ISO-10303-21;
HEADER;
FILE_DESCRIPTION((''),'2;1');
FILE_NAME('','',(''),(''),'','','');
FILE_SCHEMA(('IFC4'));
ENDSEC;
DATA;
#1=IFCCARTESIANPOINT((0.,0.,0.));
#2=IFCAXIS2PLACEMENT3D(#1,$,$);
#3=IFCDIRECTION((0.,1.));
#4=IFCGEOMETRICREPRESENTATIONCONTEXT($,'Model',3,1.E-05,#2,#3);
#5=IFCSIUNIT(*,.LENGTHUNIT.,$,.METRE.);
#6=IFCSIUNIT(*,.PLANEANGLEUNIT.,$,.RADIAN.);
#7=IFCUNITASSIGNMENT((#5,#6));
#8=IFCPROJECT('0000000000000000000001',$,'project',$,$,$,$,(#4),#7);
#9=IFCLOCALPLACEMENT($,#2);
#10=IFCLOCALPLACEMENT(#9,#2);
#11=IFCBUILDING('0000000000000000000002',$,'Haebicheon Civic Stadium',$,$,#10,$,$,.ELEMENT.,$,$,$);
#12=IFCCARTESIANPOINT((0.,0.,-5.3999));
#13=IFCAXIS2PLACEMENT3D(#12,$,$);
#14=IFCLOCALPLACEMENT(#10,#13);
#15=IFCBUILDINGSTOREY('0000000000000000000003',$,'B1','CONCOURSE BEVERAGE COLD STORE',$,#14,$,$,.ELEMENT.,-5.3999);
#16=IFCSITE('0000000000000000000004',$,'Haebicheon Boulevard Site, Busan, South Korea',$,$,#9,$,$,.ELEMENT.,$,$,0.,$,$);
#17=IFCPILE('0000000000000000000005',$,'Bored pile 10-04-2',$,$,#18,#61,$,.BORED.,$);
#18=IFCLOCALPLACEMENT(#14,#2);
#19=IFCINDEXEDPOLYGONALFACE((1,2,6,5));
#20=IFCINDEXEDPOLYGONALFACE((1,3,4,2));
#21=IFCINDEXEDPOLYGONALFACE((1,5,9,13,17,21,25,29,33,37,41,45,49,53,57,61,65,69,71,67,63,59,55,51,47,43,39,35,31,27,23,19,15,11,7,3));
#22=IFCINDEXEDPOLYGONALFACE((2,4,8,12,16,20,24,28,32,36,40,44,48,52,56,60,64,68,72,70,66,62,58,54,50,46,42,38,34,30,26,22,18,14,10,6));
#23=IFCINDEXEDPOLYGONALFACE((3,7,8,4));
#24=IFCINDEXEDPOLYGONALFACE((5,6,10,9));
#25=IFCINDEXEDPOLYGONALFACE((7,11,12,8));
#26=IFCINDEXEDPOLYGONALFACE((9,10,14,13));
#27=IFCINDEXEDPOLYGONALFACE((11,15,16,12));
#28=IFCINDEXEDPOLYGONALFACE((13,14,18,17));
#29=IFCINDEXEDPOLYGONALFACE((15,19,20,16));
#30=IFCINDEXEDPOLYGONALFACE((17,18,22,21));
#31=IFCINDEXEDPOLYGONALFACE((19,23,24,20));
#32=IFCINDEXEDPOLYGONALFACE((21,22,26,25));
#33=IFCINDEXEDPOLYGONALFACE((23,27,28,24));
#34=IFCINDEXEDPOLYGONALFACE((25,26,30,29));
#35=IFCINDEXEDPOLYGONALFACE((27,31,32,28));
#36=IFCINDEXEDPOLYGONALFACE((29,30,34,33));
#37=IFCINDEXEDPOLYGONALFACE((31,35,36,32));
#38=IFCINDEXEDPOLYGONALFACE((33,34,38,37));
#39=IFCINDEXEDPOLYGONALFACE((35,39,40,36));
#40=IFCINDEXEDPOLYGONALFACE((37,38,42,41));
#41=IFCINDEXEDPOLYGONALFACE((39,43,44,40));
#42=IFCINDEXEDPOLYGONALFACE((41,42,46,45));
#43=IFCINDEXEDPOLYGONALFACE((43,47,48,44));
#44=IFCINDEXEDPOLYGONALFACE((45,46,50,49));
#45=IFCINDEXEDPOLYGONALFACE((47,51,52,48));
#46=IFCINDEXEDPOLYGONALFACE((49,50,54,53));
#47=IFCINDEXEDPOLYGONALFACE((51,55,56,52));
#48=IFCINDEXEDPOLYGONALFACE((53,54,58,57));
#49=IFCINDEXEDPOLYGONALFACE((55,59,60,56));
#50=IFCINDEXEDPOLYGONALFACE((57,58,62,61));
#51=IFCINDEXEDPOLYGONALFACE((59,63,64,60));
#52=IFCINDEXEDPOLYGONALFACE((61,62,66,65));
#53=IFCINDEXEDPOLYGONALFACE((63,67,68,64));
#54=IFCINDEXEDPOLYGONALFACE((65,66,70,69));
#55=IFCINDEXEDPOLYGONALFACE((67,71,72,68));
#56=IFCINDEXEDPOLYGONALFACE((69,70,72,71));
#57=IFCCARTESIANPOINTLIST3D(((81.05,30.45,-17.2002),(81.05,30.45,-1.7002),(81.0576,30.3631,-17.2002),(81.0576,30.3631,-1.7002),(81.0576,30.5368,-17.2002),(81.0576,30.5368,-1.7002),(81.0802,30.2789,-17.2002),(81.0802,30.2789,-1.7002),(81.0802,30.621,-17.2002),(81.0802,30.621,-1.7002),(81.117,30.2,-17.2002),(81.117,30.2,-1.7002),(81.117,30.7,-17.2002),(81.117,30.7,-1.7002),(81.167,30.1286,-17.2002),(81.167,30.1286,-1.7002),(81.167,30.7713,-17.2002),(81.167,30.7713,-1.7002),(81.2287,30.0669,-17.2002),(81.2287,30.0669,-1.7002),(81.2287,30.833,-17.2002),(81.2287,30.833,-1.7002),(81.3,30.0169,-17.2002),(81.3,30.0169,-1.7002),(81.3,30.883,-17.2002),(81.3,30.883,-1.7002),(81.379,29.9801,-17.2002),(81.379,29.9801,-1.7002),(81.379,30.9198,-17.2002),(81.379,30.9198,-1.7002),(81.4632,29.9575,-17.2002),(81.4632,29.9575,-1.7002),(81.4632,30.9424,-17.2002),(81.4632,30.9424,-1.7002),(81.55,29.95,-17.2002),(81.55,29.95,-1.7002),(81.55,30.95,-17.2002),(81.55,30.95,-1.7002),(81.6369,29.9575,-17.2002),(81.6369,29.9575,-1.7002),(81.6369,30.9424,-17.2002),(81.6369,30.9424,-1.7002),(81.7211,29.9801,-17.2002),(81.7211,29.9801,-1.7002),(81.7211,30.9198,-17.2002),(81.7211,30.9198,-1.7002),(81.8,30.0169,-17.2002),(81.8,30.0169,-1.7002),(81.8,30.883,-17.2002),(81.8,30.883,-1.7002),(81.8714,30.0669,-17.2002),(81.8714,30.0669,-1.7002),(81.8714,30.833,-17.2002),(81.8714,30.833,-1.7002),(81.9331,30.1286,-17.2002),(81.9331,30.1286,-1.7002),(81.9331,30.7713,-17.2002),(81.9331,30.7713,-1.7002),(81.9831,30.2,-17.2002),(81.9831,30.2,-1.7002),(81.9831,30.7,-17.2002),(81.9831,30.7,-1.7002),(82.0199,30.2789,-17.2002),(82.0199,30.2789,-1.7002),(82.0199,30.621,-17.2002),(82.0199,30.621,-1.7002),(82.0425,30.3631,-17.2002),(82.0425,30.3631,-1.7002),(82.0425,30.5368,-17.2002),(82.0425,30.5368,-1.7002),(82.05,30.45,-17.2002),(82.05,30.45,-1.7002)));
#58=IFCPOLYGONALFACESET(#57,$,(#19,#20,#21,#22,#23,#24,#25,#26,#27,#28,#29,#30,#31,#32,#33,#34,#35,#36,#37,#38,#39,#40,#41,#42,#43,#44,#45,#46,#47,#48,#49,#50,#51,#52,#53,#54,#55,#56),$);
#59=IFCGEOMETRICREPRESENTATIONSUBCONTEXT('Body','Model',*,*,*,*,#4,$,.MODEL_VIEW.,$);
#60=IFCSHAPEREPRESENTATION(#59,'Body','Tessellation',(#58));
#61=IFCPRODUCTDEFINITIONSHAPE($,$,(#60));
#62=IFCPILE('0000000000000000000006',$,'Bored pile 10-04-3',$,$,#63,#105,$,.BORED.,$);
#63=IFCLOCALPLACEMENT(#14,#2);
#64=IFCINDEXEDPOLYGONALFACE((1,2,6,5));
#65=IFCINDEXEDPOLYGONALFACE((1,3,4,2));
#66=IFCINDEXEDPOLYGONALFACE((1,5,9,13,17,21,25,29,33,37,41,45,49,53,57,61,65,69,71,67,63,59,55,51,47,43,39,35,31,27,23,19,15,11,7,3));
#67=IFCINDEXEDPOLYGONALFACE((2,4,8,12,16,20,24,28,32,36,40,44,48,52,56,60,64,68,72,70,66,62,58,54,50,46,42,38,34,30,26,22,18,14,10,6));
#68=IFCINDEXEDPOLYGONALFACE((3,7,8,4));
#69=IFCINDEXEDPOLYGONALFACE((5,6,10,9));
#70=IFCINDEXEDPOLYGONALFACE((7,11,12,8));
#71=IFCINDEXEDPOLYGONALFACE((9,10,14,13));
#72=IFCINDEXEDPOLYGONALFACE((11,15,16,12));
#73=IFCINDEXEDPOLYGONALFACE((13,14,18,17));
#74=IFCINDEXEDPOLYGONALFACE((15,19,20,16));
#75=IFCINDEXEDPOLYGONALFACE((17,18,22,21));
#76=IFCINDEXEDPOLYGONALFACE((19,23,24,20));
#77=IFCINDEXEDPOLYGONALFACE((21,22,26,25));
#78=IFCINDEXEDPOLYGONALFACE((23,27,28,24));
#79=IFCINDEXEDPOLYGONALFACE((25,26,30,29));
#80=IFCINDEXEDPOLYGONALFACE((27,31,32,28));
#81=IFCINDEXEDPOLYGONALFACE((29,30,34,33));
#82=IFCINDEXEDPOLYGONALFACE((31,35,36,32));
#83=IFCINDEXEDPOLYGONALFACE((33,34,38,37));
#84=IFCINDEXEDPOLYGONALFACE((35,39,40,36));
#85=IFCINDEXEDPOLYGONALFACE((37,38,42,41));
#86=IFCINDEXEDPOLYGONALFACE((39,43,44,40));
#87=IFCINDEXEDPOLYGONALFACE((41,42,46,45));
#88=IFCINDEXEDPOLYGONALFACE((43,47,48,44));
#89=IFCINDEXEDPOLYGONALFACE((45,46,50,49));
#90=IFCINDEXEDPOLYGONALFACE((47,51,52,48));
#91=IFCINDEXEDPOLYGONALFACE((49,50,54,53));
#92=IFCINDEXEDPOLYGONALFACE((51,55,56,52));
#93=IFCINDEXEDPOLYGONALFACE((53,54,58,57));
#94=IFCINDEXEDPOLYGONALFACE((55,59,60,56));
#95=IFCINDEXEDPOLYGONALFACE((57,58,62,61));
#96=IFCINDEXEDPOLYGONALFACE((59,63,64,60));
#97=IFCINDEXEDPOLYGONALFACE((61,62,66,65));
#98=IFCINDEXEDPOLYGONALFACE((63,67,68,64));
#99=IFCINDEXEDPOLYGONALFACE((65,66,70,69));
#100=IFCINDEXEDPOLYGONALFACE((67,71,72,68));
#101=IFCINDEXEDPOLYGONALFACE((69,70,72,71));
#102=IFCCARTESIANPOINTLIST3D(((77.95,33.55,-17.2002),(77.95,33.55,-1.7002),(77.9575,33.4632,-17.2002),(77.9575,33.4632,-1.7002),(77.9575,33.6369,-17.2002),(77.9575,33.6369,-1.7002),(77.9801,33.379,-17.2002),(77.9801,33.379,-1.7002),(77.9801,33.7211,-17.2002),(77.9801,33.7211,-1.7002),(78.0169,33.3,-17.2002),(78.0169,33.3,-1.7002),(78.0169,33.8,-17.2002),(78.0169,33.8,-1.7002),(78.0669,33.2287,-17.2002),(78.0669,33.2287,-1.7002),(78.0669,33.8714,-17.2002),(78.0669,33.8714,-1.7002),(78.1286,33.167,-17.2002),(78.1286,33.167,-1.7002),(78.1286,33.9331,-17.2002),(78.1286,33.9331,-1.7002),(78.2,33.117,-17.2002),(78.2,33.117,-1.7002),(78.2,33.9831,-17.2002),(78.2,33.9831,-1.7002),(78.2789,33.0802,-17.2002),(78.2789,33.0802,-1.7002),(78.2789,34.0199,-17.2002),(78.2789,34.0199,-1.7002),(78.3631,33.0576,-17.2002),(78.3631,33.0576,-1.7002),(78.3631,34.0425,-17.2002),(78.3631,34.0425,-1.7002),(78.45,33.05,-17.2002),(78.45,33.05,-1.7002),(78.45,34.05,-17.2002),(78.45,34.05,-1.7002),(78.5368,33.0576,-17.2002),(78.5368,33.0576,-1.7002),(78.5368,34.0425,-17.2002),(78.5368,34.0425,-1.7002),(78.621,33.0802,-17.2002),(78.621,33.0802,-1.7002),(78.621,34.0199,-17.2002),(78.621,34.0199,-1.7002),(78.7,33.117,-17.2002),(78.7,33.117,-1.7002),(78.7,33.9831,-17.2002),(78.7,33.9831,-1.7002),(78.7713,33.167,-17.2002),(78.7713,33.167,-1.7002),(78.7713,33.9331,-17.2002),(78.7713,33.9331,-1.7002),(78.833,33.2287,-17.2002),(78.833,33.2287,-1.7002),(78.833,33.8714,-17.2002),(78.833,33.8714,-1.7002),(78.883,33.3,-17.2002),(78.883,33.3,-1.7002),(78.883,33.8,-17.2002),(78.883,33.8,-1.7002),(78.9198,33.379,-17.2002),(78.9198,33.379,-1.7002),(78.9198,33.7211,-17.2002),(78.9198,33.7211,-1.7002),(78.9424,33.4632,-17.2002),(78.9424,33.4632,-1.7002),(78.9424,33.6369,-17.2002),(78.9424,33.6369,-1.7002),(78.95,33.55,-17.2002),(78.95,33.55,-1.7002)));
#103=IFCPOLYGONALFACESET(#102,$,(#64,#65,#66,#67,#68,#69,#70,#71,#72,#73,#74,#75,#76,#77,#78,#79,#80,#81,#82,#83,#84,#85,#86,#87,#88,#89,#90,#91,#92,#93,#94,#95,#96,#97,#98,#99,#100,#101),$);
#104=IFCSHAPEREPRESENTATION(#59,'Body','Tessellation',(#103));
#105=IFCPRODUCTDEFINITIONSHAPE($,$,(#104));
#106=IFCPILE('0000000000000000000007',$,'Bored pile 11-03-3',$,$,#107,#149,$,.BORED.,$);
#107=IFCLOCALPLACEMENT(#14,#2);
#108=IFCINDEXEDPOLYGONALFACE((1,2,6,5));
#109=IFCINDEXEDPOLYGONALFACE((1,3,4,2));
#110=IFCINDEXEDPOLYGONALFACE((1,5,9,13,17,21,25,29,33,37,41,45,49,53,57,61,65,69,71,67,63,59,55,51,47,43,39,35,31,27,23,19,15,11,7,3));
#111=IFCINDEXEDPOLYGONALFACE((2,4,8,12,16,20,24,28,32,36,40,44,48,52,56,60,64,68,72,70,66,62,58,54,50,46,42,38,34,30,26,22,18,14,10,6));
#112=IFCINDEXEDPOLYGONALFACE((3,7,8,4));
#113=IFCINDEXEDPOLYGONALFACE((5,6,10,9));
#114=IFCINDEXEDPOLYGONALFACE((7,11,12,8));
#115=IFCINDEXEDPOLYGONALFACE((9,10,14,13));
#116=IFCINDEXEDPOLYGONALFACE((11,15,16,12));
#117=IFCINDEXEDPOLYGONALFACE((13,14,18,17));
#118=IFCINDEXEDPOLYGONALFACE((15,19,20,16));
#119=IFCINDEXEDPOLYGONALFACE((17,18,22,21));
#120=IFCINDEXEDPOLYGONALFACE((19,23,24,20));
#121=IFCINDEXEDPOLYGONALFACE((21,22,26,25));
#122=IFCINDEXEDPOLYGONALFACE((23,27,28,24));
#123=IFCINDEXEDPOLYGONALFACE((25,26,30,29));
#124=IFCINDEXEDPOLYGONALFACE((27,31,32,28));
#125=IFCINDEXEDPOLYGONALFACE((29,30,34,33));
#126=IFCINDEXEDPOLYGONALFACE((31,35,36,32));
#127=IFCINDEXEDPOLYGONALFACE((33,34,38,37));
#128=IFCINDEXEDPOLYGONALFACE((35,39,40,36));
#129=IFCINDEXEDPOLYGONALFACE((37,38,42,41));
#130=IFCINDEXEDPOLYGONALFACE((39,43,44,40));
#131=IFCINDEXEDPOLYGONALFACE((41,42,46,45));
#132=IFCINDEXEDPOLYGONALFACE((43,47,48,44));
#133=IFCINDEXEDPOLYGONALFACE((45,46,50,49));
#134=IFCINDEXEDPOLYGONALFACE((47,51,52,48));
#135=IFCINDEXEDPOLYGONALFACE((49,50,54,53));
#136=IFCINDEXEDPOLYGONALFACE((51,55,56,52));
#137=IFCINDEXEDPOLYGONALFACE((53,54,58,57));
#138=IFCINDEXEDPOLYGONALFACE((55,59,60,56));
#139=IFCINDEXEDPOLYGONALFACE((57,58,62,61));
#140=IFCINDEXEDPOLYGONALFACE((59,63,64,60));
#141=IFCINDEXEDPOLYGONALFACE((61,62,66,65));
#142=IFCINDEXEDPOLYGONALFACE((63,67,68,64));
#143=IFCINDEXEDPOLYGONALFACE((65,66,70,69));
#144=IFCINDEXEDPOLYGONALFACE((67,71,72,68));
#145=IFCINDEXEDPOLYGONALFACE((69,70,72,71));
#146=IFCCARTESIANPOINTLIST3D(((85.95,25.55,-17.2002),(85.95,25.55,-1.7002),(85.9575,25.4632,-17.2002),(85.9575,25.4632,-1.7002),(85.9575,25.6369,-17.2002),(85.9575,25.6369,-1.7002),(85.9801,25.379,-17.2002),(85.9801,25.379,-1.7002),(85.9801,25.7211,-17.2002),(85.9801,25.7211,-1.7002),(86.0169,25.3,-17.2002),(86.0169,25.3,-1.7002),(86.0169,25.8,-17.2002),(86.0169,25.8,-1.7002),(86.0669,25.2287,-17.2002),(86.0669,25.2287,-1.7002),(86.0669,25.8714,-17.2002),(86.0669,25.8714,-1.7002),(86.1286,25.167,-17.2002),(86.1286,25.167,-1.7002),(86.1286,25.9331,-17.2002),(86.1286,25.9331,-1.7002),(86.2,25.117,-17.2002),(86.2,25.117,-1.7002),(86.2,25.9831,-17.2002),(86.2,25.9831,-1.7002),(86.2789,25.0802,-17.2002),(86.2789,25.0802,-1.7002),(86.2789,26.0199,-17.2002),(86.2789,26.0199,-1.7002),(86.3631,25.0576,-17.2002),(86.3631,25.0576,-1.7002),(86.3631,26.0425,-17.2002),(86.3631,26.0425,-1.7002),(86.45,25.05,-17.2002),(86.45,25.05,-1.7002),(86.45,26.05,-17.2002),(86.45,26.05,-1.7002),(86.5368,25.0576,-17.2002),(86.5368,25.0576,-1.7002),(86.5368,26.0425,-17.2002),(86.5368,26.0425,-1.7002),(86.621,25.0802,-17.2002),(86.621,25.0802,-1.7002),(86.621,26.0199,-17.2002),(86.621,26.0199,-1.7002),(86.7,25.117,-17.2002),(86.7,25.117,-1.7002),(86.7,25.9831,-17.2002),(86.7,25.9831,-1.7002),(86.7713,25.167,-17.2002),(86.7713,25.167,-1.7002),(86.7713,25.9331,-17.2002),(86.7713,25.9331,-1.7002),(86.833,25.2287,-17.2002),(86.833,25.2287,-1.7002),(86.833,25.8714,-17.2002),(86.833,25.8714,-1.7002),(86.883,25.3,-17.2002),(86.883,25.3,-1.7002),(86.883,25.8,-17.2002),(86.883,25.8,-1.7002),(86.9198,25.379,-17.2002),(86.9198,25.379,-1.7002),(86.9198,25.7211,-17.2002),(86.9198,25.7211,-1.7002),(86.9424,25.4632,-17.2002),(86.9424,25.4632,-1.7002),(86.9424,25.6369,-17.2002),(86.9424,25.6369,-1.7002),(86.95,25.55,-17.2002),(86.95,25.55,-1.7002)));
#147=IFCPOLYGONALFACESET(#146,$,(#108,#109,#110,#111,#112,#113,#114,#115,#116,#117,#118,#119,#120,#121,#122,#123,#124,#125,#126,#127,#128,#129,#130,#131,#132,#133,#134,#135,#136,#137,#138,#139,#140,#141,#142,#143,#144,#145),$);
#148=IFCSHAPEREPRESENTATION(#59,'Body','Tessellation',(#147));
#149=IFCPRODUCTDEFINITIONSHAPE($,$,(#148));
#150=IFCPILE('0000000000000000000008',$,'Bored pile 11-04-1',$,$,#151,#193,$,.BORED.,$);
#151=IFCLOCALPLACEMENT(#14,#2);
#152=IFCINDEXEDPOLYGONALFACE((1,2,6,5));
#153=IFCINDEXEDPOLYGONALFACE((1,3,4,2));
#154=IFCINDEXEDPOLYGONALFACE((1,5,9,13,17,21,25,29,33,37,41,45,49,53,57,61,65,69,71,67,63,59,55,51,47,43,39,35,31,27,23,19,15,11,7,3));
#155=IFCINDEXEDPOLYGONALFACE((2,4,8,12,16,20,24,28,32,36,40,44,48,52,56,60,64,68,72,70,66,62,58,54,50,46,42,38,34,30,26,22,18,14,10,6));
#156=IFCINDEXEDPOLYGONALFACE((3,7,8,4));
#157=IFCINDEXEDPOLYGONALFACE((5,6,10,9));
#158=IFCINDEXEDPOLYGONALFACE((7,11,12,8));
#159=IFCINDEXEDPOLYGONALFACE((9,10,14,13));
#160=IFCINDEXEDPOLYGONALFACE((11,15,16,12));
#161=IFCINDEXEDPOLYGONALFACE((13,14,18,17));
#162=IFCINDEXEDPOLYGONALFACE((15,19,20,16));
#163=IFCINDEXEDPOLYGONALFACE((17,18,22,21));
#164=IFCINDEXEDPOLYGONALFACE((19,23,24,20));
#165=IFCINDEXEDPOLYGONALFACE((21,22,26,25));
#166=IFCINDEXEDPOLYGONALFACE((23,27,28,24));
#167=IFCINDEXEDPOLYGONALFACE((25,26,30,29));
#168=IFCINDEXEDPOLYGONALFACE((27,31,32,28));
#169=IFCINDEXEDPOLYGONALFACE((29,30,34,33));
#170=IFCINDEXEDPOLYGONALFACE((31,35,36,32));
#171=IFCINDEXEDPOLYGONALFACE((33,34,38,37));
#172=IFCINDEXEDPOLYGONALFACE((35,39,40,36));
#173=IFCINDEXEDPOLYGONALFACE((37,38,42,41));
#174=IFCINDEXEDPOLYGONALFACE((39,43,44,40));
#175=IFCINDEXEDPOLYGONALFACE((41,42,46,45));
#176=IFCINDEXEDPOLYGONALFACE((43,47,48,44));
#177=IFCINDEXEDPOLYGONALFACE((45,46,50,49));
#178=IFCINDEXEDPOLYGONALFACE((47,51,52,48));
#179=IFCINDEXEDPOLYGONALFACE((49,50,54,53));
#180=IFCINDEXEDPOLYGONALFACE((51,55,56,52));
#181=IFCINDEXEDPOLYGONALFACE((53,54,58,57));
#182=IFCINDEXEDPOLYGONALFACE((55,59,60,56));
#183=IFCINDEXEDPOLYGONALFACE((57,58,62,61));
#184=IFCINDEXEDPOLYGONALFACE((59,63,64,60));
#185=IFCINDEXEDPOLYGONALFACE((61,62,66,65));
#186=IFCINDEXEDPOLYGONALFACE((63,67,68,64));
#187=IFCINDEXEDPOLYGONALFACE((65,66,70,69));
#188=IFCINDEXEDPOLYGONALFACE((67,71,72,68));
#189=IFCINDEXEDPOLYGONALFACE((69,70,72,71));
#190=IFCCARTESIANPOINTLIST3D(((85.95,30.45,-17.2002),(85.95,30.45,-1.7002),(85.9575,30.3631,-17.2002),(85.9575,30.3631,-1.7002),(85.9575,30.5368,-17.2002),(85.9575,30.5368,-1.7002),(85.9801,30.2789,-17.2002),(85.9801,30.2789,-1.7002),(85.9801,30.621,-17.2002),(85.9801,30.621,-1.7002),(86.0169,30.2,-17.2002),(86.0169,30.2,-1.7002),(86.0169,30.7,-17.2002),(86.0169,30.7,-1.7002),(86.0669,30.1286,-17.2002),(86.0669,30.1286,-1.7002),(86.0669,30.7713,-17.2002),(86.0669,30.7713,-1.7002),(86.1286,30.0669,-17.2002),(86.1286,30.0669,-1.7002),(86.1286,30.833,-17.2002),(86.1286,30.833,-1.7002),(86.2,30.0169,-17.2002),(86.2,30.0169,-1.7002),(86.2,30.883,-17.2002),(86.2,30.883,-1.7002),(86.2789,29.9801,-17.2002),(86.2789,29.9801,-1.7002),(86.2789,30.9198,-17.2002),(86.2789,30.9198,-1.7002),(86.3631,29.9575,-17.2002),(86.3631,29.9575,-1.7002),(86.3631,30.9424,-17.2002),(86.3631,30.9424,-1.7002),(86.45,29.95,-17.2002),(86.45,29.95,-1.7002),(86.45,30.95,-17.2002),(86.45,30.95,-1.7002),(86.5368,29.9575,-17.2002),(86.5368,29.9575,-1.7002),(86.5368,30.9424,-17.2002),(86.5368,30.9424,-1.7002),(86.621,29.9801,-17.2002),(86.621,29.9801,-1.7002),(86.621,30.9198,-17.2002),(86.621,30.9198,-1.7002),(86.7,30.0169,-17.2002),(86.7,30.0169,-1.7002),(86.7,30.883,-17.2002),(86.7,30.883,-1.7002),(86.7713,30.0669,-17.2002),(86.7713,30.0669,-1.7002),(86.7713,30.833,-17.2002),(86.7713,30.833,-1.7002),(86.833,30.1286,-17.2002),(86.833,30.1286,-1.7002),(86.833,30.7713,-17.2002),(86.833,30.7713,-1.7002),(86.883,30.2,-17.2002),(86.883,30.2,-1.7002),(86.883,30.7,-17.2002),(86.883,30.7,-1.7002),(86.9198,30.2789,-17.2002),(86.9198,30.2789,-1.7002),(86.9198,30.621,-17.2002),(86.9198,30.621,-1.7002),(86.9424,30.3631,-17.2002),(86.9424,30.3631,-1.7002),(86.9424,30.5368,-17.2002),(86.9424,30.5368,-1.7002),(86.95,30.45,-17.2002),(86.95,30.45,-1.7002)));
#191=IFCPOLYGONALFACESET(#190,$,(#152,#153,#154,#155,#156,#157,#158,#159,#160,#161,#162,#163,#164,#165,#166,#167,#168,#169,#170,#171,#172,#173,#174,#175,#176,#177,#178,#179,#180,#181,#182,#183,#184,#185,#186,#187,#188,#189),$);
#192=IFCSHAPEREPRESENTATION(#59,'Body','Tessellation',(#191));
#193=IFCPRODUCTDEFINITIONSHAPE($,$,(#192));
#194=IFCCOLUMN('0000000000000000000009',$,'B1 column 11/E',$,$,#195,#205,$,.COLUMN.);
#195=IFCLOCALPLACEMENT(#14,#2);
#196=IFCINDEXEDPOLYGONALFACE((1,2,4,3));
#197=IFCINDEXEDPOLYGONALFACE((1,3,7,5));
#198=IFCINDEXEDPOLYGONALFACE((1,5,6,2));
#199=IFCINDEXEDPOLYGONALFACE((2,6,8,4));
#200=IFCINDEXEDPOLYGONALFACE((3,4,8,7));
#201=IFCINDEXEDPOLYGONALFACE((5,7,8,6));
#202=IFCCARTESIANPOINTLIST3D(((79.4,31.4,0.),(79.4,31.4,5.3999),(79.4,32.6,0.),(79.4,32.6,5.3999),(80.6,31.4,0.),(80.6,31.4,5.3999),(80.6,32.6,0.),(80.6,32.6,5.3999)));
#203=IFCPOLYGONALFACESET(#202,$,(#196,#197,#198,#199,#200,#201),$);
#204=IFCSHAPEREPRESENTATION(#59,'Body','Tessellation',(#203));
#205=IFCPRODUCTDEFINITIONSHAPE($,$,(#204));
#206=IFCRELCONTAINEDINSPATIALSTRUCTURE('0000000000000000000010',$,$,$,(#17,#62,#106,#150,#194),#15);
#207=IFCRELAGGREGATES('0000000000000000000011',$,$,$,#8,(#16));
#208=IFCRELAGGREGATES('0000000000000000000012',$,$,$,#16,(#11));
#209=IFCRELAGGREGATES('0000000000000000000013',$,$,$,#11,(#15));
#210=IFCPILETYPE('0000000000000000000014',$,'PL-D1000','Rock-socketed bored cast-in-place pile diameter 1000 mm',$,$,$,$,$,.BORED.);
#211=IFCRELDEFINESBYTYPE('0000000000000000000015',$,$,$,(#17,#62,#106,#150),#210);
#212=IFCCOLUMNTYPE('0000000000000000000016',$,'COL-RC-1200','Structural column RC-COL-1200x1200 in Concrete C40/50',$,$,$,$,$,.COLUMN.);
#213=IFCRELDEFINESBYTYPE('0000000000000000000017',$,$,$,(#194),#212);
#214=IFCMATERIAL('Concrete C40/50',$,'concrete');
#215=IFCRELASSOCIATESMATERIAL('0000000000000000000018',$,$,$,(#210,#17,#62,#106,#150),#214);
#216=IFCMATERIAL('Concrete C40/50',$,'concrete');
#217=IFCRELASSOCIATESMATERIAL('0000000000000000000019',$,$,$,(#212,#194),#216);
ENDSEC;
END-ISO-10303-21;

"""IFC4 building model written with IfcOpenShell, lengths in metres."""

from ifc_helpers import new_model, si_unit, direction, frame, origin, origin_2d, place, context, subcontext, project, spatial, rectangle, circle, extrude, material, material_profile, profile_set, type_object, element, save


model = new_model("IFC4")

# Units and contexts
model_context = context("Model", 3, precision=1e-05, world=origin(), true_north=direction((0.0, 1.0)))
body_context = subcontext(model_context, "Body", "Model", "MODEL_VIEW")
ifc_project = project(units=[si_unit("LENGTHUNIT", "METRE"), si_unit("PLANEANGLEUNIT", "RADIAN")], contexts=[model_context])

# Site, building, storey
site_placement = place(None, origin())
site = spatial("IfcSite", under=ifc_project, at=site_placement, Name="Haebicheon Boulevard Site, Busan, South Korea", CompositionType="ELEMENT", RefElevation=0.0)
building_placement = place(site_placement, origin())
building = spatial("IfcBuilding", under=site, at=building_placement, Name="Haebicheon Civic Stadium", CompositionType="ELEMENT")
storey_placement = place(building_placement, frame((0.0, 0.0, -5.3999)))
storey = spatial("IfcBuildingStorey", under=building, at=storey_placement, Name="B1", Description="CONCOURSE BEVERAGE COLD STORE", CompositionType="ELEMENT", Elevation=-5.3999)

# Piles
ifc_material_1 = material(Name="Concrete C40/50", Category="concrete")
ifc_material_profile_1 = material_profile(ifc_material_1, circle(Radius=0.5, at=origin_2d()), Name="PILE-D1000")
ifc_profile_set_1 = profile_set([ifc_material_profile_1], Name="Concrete C40/50")
pile_type = type_object("IfcPileType", Name="PL-D1000", Description="Rock-socketed bored cast-in-place pile diameter 1000 mm", PredefinedType="BORED", material=ifc_profile_set_1)
for number, where, z_axis, x_axis, name in (
    (1, (81.55, 30.45, -1.7002), (0.0, 0.0, -1.0), (1.0, 0.0, 0.0), "Bored pile 10-04-2"),
    (2, (78.45, 33.55, -1.7002), (0.0, 0.0, -1.0), (1.0, 0.0, 0.0), "Bored pile 10-04-3"),
    (3, (86.45, 25.55, -1.7002), (0.0, 0.0, -1.0), (1.0, 0.0, 0.0), "Bored pile 11-03-3"),
    (4, (86.45, 30.45, -1.7002), (0.0, 0.0, -1.0), (1.0, 0.0, 0.0), "Bored pile 11-04-1"),
):
    element("IfcPile", number, at=place(storey_placement, frame(where, z_axis=z_axis, x_axis=x_axis)), inside=storey, type_object=pile_type, material=ifc_profile_set_1, Name=name, PredefinedType="BORED", context=body_context, shape_type="SweptSolid", body=[
        extrude(circle(Radius=0.5, at=origin_2d()), origin(), (0.0, 0.0, 1.0), 15.5),
    ])

# Column
ifc_material_2 = material(Name="Concrete C40/50", Category="concrete")
ifc_material_profile_2 = material_profile(ifc_material_2, rectangle(XDim=1.2, YDim=1.2, at=origin_2d()), Name="RC-COL-1200x1200")
ifc_profile_set_2 = profile_set([ifc_material_profile_2], Name="Concrete C40/50")
column_type_1 = type_object("IfcColumnType", Name="COL-RC-1200", Description="Structural column RC-COL-1200x1200 in Concrete C40/50", PredefinedType="COLUMN", material=ifc_profile_set_2)
for number, where, z_axis, x_axis, name in (
    (5, (80.0, 32.0, 0.0), (0.0, 0.0, 1.0), (1.0, 0.0, 0.0), "B1 column 11/E"),
):
    element("IfcColumn", number, at=place(storey_placement, frame(where, z_axis=z_axis, x_axis=x_axis)), inside=storey, type_object=column_type_1, material=ifc_profile_set_2, Name=name, PredefinedType="COLUMN", context=body_context, shape_type="SweptSolid", body=[
        extrude(rectangle(XDim=1.2, YDim=1.2, at=origin_2d()), origin(), (0.0, 0.0, 1.0), 5.3999),
    ])

save(model, "model.ifc")
